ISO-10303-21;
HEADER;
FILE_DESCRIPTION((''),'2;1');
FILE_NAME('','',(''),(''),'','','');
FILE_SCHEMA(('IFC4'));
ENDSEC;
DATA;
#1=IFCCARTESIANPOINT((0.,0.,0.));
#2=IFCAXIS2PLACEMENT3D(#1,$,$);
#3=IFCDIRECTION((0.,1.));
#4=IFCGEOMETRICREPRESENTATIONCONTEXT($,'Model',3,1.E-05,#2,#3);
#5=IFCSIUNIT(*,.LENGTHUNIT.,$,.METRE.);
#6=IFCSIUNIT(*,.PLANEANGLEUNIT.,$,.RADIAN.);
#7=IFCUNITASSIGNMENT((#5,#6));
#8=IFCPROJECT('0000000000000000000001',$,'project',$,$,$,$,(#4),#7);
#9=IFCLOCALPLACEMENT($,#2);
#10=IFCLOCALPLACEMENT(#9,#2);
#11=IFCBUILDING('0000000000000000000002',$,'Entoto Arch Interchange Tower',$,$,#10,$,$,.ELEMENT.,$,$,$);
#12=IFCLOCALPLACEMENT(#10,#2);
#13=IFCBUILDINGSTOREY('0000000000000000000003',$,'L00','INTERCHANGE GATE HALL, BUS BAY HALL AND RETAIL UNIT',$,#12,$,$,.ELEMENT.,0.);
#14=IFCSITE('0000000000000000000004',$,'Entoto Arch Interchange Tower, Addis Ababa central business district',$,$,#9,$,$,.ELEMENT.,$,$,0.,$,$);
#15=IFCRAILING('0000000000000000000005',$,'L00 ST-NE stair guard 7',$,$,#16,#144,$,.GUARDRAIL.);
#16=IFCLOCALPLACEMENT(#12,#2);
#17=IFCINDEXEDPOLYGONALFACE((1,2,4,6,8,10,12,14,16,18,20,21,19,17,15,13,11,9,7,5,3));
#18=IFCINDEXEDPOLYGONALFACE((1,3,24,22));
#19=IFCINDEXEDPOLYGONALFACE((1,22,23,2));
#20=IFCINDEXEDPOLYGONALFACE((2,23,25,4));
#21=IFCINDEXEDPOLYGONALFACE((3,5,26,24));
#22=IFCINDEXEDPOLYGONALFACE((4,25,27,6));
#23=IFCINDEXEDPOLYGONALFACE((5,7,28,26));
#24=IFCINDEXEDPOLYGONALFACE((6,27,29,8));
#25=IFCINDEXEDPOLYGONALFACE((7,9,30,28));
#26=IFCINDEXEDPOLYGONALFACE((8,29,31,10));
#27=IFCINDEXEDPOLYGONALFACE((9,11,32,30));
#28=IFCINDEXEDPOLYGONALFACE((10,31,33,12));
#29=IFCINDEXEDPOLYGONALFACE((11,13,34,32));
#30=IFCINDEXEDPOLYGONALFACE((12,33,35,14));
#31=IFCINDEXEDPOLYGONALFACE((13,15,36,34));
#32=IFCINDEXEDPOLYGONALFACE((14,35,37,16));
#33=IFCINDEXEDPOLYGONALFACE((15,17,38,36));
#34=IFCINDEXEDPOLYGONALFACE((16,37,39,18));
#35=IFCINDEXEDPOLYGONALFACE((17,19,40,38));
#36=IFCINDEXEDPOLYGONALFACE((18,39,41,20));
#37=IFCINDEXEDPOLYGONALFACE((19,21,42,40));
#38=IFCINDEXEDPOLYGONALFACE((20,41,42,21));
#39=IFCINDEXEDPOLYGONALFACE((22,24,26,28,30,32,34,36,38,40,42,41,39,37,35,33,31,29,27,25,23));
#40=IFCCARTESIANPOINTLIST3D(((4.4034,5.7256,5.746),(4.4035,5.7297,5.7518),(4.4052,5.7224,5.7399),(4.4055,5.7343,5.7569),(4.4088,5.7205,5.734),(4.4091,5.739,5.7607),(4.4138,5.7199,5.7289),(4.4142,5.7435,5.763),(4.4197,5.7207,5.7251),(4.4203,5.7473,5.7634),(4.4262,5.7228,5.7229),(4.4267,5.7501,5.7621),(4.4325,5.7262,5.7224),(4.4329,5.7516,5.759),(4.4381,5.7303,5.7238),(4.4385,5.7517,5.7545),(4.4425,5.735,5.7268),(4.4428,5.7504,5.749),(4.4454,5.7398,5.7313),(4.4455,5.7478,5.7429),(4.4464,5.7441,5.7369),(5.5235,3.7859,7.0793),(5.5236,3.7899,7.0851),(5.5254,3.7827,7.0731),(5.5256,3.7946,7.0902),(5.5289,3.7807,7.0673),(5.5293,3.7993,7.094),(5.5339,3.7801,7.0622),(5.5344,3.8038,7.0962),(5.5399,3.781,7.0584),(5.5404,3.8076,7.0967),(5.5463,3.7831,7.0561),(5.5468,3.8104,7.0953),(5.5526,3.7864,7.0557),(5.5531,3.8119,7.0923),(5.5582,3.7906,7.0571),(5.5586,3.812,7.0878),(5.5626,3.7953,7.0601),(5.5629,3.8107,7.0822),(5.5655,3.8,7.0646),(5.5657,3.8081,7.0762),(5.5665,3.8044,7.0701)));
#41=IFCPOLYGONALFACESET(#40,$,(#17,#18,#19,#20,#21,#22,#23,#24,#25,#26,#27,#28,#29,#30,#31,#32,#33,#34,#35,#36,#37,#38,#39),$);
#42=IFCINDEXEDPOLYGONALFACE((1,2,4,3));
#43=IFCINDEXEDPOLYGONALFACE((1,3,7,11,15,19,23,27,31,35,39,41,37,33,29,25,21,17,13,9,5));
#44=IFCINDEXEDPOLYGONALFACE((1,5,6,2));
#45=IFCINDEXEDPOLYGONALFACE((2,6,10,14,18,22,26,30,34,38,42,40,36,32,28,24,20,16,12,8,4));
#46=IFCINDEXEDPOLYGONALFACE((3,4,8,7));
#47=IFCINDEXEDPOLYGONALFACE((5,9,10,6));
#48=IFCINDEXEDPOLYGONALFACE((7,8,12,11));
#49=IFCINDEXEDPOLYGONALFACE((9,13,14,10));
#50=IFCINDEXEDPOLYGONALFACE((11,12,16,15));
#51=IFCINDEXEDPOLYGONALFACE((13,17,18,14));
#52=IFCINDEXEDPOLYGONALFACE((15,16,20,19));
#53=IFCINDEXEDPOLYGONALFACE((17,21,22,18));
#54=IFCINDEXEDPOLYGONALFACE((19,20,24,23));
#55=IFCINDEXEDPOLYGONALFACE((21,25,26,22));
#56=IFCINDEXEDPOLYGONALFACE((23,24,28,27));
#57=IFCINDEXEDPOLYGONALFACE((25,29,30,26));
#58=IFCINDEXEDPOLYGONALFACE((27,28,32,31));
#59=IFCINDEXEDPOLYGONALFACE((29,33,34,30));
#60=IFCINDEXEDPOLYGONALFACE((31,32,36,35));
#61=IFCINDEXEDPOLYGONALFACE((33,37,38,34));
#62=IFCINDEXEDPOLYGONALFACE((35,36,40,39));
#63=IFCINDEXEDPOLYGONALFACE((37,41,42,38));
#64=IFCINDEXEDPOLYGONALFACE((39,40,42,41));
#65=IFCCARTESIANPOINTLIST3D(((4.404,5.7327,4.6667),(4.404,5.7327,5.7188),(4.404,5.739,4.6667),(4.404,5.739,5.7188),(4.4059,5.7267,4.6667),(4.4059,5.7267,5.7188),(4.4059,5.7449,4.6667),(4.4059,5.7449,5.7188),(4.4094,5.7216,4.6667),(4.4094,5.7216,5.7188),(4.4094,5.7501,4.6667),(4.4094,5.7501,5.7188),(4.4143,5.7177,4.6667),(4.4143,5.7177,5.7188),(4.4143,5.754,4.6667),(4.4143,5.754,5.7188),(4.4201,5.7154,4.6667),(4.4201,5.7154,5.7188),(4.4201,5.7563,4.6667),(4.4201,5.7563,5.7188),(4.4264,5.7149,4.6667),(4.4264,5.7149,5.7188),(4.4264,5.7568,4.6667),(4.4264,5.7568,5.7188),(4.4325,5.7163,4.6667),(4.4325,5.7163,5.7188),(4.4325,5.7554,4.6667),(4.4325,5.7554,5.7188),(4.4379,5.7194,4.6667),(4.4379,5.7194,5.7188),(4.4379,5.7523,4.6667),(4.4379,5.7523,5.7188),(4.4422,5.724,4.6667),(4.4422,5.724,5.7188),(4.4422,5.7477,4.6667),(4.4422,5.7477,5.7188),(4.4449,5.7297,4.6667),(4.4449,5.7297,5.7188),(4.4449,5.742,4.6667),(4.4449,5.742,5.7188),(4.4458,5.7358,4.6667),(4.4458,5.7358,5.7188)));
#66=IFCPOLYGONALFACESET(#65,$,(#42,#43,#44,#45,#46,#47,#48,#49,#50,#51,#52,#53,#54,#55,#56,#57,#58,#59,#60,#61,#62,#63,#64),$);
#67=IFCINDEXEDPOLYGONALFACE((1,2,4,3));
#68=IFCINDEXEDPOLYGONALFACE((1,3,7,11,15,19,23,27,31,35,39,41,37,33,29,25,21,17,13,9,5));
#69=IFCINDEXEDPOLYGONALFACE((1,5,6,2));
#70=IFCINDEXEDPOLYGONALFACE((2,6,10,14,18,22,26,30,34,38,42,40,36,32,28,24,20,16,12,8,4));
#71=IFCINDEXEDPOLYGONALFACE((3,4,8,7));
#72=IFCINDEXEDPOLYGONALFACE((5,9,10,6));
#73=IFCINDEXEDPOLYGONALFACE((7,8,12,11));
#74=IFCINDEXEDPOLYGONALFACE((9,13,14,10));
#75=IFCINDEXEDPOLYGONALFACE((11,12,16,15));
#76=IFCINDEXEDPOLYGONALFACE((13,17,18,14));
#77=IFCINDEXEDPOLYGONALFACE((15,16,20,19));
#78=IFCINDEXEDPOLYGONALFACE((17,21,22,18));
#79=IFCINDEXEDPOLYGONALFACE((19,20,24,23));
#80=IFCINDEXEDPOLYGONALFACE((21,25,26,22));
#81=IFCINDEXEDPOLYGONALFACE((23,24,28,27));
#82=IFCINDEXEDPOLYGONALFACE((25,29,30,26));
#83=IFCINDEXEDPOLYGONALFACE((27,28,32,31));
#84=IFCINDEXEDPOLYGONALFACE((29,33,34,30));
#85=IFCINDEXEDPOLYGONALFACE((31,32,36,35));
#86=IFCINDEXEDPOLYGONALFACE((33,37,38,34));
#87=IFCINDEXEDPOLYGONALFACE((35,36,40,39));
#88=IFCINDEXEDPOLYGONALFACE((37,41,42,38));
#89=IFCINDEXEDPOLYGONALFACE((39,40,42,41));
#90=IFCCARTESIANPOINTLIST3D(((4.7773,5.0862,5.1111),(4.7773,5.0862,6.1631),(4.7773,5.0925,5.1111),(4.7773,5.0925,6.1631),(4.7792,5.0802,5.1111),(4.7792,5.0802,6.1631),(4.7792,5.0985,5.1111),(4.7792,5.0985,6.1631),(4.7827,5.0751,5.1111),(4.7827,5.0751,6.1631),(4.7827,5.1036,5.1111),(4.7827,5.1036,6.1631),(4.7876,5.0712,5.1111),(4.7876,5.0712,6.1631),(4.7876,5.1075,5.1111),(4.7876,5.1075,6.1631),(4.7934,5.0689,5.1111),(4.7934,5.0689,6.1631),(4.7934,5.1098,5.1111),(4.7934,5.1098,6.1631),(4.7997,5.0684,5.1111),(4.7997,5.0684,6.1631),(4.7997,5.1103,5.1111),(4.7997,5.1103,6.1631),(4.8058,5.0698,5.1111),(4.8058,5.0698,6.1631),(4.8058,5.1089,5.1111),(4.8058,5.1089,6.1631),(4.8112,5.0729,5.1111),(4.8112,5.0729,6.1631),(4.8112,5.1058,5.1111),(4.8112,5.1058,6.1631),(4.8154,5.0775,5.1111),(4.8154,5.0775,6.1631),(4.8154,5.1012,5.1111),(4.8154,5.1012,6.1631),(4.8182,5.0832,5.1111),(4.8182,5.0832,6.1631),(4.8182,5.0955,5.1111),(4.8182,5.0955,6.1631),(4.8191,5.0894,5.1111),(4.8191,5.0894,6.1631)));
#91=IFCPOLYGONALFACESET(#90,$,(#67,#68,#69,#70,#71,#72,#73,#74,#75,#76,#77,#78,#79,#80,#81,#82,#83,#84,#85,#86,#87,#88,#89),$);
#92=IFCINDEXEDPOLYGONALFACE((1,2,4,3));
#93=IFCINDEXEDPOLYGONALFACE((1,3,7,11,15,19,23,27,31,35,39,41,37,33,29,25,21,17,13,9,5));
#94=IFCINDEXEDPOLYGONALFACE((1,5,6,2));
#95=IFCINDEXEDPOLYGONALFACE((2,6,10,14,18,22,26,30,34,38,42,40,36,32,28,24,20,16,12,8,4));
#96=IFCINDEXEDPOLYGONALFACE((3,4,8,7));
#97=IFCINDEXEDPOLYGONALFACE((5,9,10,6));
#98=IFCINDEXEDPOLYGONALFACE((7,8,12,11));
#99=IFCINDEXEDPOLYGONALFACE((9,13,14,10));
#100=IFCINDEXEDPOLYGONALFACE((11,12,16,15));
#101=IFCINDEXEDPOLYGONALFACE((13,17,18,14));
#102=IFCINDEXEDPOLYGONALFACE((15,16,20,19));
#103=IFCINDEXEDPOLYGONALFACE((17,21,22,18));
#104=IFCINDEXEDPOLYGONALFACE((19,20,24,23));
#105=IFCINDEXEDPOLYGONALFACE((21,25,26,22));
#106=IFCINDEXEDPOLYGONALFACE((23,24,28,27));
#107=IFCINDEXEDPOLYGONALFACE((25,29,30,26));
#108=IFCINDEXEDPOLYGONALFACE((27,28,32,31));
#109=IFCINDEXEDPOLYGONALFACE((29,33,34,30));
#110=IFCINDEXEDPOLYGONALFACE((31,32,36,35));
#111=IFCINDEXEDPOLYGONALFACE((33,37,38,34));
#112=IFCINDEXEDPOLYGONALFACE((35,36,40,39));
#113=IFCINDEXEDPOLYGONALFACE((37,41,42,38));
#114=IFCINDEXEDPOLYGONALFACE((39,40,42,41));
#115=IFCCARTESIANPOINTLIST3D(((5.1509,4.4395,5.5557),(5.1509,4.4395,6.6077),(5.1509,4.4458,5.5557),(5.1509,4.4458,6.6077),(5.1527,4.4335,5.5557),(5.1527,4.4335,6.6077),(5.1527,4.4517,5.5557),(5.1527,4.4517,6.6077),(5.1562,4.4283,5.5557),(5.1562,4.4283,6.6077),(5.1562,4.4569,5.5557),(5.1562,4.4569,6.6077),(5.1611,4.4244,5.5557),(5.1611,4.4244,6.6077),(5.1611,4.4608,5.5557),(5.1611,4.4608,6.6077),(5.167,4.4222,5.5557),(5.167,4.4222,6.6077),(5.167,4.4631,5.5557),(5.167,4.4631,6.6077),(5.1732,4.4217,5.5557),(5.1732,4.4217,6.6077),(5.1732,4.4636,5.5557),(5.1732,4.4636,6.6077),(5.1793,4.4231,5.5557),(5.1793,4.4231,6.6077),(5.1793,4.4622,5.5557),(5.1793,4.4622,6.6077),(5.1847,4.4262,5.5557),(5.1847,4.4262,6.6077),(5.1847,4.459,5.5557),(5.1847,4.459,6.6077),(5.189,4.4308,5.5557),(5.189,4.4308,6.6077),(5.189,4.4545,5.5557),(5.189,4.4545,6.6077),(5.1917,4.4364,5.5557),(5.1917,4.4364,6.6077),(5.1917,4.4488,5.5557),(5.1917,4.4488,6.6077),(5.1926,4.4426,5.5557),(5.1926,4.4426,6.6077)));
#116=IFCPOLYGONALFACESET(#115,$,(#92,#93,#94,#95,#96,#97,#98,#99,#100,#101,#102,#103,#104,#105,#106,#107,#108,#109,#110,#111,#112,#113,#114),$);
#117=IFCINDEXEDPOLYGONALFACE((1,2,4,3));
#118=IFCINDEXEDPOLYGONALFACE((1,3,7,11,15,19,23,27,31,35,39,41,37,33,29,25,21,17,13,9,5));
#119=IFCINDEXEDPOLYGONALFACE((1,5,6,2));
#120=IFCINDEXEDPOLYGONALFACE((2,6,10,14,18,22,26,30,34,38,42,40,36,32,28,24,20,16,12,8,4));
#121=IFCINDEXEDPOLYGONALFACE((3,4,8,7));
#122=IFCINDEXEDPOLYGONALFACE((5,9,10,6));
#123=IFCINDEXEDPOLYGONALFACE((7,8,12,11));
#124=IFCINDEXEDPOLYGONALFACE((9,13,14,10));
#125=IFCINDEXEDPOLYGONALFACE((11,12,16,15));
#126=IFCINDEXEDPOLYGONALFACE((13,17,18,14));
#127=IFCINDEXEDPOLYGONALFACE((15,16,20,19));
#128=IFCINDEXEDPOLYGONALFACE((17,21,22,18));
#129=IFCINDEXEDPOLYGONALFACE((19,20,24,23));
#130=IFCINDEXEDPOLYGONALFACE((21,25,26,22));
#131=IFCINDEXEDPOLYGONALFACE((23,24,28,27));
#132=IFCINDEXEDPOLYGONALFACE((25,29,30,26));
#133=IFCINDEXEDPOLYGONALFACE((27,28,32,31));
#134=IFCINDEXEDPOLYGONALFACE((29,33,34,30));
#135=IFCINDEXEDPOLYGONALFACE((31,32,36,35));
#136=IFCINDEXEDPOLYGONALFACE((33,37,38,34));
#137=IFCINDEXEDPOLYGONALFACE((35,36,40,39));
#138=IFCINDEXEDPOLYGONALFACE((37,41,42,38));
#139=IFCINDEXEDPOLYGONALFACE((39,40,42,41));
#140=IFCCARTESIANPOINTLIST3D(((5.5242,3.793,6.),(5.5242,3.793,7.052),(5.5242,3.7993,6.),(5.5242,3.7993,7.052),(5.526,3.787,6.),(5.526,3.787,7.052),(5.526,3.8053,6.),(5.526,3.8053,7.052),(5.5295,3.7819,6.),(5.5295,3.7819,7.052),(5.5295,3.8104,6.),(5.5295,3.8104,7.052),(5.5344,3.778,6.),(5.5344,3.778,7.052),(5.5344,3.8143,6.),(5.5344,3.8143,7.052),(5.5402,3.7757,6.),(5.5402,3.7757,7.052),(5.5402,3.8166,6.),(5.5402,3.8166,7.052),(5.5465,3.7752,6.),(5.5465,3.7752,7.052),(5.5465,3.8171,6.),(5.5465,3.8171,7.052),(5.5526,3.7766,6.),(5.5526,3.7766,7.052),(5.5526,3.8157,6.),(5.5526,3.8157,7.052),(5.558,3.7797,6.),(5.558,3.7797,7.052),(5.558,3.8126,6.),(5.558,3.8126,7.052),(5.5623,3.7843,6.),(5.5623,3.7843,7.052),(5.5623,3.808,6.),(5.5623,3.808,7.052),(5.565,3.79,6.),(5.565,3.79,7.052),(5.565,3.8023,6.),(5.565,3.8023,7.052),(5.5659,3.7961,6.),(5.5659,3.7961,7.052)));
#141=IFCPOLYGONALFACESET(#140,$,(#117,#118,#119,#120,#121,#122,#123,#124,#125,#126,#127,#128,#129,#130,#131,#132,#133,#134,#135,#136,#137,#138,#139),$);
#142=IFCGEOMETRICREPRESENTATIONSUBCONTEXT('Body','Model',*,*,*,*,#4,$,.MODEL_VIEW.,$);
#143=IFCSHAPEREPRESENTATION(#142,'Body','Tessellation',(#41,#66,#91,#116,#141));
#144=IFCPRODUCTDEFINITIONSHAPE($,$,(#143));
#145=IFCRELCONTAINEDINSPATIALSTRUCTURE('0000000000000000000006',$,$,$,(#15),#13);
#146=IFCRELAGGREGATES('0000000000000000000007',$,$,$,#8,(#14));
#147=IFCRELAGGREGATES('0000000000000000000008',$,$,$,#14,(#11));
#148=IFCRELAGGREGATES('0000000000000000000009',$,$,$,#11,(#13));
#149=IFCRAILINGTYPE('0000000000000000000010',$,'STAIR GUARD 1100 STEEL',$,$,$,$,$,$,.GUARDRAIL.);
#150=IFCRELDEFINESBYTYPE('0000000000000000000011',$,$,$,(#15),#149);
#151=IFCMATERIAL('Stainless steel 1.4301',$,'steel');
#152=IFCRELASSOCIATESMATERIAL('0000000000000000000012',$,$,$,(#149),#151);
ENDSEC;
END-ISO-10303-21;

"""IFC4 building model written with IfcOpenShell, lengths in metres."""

from ifc_helpers import new_model, si_unit, direction, frame, origin, origin_2d, place, context, subcontext, project, spatial, circle, extrude, material, type_object, element, save


model = new_model("IFC4")

# Units and contexts
model_context = context("Model", 3, precision=1e-05, world=origin(), true_north=direction((0.0, 1.0)))
body_context = subcontext(model_context, "Body", "Model", "MODEL_VIEW")
ifc_project = project(units=[si_unit("LENGTHUNIT", "METRE"), si_unit("PLANEANGLEUNIT", "RADIAN")], contexts=[model_context])

# Site, building, storey
site_placement = place(None, origin())
site = spatial("IfcSite", under=ifc_project, at=site_placement, Name="Entoto Arch Interchange Tower, Addis Ababa central business district", CompositionType="ELEMENT", RefElevation=0.0)
building_placement = place(site_placement, origin())
building = spatial("IfcBuilding", under=site, at=building_placement, Name="Entoto Arch Interchange Tower", CompositionType="ELEMENT")
storey_placement = place(building_placement, origin())
storey = spatial("IfcBuildingStorey", under=building, at=storey_placement, Name="L00", Description="INTERCHANGE GATE HALL, BUS BAY HALL AND RETAIL UNIT", CompositionType="ELEMENT", Elevation=0.0)

# Railing
ifc_material_1 = material(Name="Stainless steel 1.4301", Category="steel")
railing_type_1 = type_object("IfcRailingType", Name="STAIR GUARD 1100 STEEL", PredefinedType="GUARDRAIL", material=ifc_material_1)
railing_1_placement = place(storey_placement, frame((4.4248, 5.7358, 4.6667)))
element("IfcRailing", 1, at=railing_1_placement, inside=storey, type_object=railing_type_1, Name="L00 ST-NE stair guard 7", PredefinedType="GUARDRAIL", context=body_context, shape_type="SweptSolid", body=[
    extrude(circle(Radius=0.0239, at=origin_2d()), frame((0.0, 0.0, 1.0762), z_axis=(0.429714, -0.744133, 0.51148), x_axis=(0.86598, 0.500078, 0.0)), (0.0, 0.0, 1.0), 2.6067),
    extrude(circle(Radius=0.021, at=origin_2d()), origin(), (0.0, 0.0, 1.0), 1.052),
    extrude(circle(Radius=0.021, at=origin_2d()), frame((0.3733, -0.6465, 0.4443)), (0.0, 0.0, 1.0), 1.052),
    extrude(circle(Radius=0.021, at=origin_2d()), frame((0.7468, -1.2932, 0.8889)), (0.0, 0.0, 1.0), 1.052),
    extrude(circle(Radius=0.021, at=origin_2d()), frame((1.1201, -1.9397, 1.3333)), (0.0, 0.0, 1.0), 1.052),
])

save(model, "model.ifc")
